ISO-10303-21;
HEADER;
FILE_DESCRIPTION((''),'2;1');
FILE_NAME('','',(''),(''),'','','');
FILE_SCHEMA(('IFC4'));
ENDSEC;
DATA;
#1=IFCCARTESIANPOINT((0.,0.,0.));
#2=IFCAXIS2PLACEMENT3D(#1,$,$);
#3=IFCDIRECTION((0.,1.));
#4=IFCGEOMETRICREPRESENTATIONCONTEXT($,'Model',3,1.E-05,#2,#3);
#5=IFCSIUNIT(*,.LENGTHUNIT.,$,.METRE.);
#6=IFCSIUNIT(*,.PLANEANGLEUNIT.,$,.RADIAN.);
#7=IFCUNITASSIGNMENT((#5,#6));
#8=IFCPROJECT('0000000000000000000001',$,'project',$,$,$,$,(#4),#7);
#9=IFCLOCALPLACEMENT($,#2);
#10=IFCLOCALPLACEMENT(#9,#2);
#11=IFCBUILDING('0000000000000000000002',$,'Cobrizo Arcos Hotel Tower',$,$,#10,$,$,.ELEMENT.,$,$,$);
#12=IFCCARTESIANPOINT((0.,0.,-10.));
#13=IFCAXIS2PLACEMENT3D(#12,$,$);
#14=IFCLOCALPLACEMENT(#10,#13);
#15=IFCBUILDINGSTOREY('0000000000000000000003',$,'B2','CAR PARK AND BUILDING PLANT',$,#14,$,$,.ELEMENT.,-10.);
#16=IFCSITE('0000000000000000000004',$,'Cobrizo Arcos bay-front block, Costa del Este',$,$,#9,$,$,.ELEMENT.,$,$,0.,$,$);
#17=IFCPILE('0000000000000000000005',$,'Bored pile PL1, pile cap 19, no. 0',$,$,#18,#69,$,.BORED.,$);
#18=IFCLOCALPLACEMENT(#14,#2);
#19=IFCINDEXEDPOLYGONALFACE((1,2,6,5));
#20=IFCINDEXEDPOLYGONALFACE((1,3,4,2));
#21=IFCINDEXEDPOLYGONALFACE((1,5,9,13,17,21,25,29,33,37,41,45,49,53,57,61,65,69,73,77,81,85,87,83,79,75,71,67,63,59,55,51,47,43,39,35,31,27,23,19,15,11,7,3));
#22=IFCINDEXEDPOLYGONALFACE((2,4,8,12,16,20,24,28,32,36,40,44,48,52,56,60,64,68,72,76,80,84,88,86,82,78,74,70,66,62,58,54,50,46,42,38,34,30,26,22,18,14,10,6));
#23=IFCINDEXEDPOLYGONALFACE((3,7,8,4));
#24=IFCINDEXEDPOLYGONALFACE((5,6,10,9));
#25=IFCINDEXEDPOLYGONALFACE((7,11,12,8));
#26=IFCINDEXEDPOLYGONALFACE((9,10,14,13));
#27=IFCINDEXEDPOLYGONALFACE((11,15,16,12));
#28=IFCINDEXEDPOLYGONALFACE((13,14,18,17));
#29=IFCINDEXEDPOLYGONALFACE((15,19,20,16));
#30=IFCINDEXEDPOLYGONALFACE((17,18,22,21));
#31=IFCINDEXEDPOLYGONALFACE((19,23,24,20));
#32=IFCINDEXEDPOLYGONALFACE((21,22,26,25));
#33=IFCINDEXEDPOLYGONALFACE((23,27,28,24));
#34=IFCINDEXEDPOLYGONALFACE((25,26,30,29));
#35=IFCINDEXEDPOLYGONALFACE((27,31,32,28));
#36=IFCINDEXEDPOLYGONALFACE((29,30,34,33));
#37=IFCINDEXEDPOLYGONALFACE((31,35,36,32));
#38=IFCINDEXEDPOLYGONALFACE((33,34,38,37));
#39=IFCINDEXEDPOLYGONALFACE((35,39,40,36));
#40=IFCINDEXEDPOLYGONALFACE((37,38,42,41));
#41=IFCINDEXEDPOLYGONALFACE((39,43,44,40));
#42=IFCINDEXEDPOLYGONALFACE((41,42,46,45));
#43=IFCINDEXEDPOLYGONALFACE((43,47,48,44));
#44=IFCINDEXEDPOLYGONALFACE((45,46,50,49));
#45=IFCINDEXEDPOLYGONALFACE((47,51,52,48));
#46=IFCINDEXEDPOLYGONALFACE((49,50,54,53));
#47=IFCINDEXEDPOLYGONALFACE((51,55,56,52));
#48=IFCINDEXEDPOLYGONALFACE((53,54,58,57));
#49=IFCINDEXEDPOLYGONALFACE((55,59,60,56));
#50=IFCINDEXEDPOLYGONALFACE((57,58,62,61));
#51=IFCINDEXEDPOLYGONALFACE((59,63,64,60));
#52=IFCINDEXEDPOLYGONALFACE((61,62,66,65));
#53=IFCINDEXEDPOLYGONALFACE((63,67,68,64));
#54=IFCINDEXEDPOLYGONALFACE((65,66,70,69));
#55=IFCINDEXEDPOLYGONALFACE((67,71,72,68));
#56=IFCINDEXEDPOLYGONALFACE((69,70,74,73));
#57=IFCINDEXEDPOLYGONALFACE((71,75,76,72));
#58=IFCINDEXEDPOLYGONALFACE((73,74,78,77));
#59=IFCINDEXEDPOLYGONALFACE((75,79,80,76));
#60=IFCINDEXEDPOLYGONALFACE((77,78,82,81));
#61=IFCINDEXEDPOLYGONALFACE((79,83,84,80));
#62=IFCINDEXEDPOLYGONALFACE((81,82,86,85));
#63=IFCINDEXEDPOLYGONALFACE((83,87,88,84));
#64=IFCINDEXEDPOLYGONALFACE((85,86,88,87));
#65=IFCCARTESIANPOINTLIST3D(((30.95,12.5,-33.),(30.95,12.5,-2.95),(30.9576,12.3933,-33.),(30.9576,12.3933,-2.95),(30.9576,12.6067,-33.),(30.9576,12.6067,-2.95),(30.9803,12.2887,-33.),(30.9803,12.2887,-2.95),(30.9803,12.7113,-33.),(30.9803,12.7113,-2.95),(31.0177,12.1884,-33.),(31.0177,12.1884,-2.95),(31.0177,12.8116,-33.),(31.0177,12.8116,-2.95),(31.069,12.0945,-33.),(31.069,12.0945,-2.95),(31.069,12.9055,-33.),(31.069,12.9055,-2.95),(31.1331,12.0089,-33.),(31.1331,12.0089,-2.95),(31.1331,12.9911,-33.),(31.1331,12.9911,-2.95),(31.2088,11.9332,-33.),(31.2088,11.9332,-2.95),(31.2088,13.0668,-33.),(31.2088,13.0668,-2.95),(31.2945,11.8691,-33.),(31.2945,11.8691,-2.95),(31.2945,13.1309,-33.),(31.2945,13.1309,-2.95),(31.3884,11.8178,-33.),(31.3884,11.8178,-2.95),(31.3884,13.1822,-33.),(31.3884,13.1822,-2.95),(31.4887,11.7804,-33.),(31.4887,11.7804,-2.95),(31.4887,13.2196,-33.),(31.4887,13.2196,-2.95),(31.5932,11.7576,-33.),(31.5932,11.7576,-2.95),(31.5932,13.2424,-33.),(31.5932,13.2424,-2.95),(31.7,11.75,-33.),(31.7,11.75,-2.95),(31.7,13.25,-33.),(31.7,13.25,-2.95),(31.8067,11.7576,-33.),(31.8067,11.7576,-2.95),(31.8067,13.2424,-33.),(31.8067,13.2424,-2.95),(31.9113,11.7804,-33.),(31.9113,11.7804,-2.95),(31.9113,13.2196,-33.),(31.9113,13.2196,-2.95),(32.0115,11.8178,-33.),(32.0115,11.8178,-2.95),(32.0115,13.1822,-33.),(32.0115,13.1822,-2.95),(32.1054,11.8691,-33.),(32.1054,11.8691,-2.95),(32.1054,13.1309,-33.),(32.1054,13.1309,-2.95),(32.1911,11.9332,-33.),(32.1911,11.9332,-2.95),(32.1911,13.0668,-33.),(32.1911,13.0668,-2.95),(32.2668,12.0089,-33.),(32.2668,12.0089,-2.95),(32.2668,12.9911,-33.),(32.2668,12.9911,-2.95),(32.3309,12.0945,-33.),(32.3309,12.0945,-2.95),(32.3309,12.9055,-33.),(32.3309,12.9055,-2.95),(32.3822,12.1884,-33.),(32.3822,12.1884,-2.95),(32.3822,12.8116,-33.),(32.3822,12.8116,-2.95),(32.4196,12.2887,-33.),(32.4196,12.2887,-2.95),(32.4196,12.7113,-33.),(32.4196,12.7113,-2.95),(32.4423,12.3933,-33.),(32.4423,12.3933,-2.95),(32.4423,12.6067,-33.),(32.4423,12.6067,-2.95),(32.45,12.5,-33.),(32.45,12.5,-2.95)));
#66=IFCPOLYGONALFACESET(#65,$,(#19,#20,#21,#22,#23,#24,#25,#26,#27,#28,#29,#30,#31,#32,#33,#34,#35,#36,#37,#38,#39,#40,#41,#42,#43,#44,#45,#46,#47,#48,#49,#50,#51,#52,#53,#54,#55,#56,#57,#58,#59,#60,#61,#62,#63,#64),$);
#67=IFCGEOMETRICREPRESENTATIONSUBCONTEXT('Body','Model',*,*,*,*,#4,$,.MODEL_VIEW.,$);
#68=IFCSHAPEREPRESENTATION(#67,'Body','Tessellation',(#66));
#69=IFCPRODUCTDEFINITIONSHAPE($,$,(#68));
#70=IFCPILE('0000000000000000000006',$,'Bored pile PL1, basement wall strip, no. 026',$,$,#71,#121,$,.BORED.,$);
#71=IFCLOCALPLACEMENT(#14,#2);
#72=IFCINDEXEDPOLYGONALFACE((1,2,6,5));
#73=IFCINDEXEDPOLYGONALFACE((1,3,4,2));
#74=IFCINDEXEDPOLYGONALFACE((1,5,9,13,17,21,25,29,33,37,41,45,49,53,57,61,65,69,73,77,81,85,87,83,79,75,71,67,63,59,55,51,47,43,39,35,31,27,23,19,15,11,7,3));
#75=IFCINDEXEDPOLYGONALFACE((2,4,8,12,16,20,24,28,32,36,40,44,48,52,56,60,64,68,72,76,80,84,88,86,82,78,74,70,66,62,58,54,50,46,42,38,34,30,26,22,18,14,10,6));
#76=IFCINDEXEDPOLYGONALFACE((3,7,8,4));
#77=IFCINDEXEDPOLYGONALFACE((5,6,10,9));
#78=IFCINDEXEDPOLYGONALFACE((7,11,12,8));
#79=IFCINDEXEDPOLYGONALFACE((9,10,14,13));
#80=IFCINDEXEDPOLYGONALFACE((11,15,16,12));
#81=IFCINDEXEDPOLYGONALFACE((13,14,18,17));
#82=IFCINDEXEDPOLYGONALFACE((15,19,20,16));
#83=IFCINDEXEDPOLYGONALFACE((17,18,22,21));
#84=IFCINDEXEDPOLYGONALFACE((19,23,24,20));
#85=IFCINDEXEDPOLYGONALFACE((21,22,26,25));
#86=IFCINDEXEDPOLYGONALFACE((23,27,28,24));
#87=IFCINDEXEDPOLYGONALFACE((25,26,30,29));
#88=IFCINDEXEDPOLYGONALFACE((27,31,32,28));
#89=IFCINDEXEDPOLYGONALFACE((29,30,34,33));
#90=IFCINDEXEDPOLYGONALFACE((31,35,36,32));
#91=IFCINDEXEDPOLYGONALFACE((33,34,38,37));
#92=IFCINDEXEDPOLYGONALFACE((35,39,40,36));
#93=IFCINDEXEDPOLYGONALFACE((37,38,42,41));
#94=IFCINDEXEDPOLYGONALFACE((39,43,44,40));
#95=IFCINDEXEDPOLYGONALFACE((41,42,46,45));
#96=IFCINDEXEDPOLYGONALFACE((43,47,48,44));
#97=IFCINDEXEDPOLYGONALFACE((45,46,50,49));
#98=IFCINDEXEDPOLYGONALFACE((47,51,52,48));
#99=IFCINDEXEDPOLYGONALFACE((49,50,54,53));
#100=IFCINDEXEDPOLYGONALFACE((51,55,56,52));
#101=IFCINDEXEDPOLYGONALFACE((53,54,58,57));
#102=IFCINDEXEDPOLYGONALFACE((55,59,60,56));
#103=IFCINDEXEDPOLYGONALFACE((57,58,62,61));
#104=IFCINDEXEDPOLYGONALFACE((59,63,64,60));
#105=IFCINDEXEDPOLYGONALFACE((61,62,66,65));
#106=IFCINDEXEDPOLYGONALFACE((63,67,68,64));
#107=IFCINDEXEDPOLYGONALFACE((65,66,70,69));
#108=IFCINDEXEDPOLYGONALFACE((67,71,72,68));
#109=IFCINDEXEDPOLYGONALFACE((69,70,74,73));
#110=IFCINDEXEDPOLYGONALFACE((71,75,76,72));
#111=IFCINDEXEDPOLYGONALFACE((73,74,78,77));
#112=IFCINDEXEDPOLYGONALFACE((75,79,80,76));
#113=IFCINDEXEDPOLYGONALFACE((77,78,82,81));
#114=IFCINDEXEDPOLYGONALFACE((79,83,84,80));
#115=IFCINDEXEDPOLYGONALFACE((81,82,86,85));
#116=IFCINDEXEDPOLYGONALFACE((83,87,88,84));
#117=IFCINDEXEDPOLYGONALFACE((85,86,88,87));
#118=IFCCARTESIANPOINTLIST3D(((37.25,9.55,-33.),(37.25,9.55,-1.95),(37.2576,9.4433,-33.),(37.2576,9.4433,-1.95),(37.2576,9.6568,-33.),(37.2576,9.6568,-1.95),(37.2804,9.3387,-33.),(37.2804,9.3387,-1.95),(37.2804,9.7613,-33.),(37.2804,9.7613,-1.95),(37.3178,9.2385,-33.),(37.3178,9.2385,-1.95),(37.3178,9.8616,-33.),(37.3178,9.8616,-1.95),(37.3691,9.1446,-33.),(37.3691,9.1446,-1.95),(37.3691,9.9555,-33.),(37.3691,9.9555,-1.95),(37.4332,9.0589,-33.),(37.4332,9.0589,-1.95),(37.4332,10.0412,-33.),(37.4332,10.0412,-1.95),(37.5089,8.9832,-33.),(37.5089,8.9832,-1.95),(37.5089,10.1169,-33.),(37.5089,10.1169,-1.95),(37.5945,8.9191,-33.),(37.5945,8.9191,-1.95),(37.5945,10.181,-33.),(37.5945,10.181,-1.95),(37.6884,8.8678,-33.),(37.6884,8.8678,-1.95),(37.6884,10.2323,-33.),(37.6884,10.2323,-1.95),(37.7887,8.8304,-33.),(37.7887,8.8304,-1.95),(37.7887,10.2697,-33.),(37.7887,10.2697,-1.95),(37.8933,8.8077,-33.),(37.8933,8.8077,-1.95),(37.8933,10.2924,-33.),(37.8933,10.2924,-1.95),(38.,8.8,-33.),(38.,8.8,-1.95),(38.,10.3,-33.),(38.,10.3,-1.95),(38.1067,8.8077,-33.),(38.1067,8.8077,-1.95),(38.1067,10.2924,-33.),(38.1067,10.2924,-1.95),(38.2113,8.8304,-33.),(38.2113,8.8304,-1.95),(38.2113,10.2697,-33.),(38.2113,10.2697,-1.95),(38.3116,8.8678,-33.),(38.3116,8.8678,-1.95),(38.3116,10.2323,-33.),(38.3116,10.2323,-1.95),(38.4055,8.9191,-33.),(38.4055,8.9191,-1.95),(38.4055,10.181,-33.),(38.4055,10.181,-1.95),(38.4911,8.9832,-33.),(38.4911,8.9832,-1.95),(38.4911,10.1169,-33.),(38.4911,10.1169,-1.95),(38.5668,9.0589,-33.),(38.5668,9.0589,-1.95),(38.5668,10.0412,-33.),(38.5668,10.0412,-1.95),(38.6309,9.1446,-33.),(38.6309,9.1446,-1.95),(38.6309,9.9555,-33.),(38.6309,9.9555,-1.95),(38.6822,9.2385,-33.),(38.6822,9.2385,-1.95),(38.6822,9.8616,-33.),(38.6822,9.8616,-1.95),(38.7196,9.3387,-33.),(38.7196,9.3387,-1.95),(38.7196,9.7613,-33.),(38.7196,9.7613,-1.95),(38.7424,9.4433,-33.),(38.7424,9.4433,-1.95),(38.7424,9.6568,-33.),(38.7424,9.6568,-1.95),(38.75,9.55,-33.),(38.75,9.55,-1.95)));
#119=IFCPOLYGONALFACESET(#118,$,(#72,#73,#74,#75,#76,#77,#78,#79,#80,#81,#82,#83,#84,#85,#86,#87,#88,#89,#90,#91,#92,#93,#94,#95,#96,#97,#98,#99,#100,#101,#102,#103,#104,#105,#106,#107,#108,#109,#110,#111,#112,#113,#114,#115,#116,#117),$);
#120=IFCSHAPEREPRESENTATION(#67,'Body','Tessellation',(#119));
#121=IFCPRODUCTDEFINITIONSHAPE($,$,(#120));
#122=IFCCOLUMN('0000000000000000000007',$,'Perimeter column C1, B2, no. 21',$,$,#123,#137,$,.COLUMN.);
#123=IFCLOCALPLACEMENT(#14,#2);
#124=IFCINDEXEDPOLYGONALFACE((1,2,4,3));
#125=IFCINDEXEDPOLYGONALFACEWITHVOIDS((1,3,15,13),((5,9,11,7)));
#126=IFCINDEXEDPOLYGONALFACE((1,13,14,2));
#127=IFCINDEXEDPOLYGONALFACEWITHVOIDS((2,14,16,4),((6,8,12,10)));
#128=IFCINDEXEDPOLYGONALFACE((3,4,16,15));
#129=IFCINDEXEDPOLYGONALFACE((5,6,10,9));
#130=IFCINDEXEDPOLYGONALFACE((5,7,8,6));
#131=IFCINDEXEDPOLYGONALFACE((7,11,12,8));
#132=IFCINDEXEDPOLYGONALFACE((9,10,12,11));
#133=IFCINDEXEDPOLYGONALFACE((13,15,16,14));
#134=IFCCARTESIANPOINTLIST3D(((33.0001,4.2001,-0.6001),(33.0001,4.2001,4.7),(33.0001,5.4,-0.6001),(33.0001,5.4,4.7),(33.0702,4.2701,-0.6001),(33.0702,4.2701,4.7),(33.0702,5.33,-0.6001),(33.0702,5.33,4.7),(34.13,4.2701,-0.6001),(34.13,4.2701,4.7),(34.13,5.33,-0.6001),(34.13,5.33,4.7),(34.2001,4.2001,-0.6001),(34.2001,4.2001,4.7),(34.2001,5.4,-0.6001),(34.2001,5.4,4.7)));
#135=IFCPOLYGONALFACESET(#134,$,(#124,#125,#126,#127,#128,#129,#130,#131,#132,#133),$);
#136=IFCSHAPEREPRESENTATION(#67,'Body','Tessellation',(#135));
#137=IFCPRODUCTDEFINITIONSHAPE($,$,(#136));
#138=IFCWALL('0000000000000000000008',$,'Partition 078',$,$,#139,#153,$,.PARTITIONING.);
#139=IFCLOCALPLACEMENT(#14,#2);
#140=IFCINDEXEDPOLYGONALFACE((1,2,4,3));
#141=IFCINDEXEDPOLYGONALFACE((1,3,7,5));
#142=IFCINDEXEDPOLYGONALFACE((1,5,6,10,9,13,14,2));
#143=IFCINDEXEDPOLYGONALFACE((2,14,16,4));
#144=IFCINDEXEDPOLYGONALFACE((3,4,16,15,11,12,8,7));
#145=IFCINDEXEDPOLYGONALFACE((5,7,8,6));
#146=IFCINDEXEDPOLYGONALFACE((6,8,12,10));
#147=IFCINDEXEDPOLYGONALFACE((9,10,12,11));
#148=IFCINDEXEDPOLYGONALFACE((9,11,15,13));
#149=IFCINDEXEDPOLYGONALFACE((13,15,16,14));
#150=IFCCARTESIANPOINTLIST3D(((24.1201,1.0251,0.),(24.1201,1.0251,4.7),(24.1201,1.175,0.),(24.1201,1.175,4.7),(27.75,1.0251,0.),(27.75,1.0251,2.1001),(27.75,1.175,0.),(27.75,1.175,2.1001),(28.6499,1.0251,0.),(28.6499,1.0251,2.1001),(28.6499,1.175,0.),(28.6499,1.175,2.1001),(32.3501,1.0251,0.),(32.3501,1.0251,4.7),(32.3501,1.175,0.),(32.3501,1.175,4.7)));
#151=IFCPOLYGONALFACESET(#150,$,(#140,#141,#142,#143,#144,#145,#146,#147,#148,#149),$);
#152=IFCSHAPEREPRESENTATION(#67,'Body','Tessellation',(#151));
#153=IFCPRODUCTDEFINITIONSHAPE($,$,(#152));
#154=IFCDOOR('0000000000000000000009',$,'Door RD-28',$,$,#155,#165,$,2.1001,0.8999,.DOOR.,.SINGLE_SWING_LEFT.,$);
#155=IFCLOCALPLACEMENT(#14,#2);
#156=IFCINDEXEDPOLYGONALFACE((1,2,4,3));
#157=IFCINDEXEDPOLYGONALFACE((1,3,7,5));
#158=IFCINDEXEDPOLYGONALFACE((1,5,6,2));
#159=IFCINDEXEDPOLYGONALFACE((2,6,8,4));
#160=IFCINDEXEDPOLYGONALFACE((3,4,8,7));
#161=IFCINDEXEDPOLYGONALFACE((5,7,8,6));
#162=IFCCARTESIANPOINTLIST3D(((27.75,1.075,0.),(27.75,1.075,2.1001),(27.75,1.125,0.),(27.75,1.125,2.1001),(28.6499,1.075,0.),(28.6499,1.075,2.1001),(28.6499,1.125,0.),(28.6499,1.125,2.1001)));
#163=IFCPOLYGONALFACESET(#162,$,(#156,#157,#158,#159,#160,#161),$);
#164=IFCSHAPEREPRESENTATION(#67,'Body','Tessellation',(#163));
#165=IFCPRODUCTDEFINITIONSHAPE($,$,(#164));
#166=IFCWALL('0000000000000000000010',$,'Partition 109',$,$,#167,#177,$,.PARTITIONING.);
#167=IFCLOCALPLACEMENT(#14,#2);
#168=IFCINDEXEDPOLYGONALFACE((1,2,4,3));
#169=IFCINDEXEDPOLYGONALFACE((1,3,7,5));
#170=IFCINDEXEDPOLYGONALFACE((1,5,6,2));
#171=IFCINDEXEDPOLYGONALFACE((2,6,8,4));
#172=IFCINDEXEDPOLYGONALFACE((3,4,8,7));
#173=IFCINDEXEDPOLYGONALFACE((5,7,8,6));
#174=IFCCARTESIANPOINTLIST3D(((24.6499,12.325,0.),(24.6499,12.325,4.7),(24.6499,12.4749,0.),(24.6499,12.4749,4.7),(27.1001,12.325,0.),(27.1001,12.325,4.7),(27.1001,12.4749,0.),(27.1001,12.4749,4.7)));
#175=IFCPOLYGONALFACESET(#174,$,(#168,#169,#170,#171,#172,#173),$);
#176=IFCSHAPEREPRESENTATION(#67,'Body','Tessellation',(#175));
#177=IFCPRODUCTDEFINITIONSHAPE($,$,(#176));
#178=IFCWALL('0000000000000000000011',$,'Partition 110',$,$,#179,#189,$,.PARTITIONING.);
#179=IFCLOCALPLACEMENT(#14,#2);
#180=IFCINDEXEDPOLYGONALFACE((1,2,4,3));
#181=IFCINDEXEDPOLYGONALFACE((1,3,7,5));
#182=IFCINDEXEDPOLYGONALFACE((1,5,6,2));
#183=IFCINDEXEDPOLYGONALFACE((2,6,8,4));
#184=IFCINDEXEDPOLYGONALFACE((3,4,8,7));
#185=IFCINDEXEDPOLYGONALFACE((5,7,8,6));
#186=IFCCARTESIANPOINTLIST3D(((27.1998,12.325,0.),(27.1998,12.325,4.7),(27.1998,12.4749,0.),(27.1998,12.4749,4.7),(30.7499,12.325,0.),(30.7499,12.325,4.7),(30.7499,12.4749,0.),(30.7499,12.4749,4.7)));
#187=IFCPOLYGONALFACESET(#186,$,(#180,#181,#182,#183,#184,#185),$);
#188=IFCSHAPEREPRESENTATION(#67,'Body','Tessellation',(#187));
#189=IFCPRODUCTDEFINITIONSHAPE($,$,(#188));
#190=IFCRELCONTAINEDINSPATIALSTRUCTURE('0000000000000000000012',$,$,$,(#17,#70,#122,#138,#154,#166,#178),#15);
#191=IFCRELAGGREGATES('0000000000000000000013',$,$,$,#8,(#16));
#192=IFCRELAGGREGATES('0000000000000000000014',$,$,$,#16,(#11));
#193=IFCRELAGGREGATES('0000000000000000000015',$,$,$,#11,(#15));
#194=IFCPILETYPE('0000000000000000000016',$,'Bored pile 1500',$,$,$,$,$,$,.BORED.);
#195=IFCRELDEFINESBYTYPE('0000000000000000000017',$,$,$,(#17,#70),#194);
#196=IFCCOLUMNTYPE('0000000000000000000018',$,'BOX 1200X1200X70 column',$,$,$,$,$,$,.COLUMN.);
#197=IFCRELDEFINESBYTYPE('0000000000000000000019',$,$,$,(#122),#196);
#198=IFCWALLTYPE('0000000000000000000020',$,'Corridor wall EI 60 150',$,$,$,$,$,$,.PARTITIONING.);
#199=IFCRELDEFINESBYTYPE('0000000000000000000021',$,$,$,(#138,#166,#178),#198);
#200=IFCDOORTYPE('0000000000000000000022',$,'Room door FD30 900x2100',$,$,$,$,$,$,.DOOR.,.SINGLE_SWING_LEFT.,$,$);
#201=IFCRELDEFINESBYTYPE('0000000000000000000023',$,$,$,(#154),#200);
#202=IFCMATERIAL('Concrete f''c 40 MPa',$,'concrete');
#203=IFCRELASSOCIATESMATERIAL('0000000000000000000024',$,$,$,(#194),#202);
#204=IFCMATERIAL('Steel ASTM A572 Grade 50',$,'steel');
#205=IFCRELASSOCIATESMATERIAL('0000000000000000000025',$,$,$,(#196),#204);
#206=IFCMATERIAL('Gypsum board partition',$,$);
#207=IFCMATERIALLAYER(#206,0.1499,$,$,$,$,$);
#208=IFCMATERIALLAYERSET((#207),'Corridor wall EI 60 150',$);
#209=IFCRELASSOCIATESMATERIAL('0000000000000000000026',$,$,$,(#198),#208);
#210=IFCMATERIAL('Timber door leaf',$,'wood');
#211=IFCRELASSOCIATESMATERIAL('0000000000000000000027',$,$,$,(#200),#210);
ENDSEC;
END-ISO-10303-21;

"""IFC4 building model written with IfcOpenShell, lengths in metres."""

from ifc_helpers import new_model, si_unit, direction, frame, frame_2d, origin, origin_2d, place, context, subcontext, project, spatial, rectangle, hollow_rectangle, circle, extrude, material, layer, layer_set, material_profile, profile_set, type_object, element, fill, save


model = new_model("IFC4")

# Units and contexts
model_context = context("Model", 3, precision=1e-05, world=origin(), true_north=direction((0.0, 1.0)))
body_context = subcontext(model_context, "Body", "Model", "MODEL_VIEW")
ifc_project = project(units=[si_unit("LENGTHUNIT", "METRE"), si_unit("PLANEANGLEUNIT", "RADIAN")], contexts=[model_context])

# Site, building, storey
site_placement = place(None, origin())
site = spatial("IfcSite", under=ifc_project, at=site_placement, Name="Cobrizo Arcos bay-front block, Costa del Este", CompositionType="ELEMENT", RefElevation=0.0)
building_placement = place(site_placement, origin())
building = spatial("IfcBuilding", under=site, at=building_placement, Name="Cobrizo Arcos Hotel Tower", CompositionType="ELEMENT")
storey_placement = place(building_placement, frame((0.0, 0.0, -10.0)))
storey = spatial("IfcBuildingStorey", under=building, at=storey_placement, Name="B2", Description="CAR PARK AND BUILDING PLANT", CompositionType="ELEMENT", Elevation=-10.0)

# Piles
ifc_material_1 = material(Name="Concrete f'c 40 MPa", Category="concrete")
ifc_material_profile_1 = material_profile(ifc_material_1, circle(Radius=0.75, at=origin_2d()), Name="BORED PILE 1500")
ifc_profile_set_1 = profile_set([ifc_material_profile_1], Name="Concrete f'c 40 MPa")
pile_type = type_object("IfcPileType", Name="Bored pile 1500", PredefinedType="BORED", material=ifc_profile_set_1)
for number, where, z_axis, x_axis, name in (
    (1, (31.7, 12.5, -2.95), (0.0, 0.0, -1.0), (1.0, 0.0, 0.0), "Bored pile PL1, pile cap 19, no. 0"),
):
    element("IfcPile", number, at=place(storey_placement, frame(where, z_axis=z_axis, x_axis=x_axis)), inside=storey, type_object=pile_type, Name=name, PredefinedType="BORED", context=body_context, shape_type="SweptSolid", body=[
        extrude(circle(Radius=0.75, at=origin_2d()), origin(), (0.0, 0.0, 1.0), 30.05),
    ])
pile_placement = place(storey_placement, frame((38.0, 9.55, -1.95), z_axis=(0.0, 0.0, -1.0), x_axis=(1.0, 0.0, 0.0)))
element("IfcPile", 2, at=pile_placement, inside=storey, type_object=pile_type, Name="Bored pile PL1, basement wall strip, no. 026", PredefinedType="BORED", context=body_context, shape_type="SweptSolid", body=[
    extrude(circle(Radius=0.75, at=origin_2d()), origin(), (0.0, 0.0, 1.0), 31.05),
])

# Column
ifc_material_2 = material(Name="Steel ASTM A572 Grade 50", Category="steel")
ifc_material_profile_2 = material_profile(ifc_material_2, hollow_rectangle(XDim=1.2, YDim=1.2, WallThickness=0.0701, at=origin_2d()), Name="BOX 1200X1200X70")
ifc_profile_set_2 = profile_set([ifc_material_profile_2], Name="Steel ASTM A572 Grade 50")
column_type = type_object("IfcColumnType", Name="BOX 1200X1200X70 column", PredefinedType="COLUMN", material=ifc_profile_set_2)
column_placement = place(storey_placement, frame((33.6001, 4.8, -0.6001), z_axis=(0.0, 0.0, 1.0), x_axis=(1.0, 0.0, 0.0)))
element("IfcColumn", 3, at=column_placement, inside=storey, type_object=column_type, Name="Perimeter column C1, B2, no. 21", PredefinedType="COLUMN", context=body_context, shape_type="SweptSolid", body=[
    extrude(hollow_rectangle(XDim=1.2, YDim=1.2, WallThickness=0.0701, at=origin_2d()), origin(), (0.0, 0.0, 1.0), 5.3),
])

# Wall, opening, door
ifc_material_3 = material(Name="Gypsum board partition")
ifc_layer_1 = layer(ifc_material_3, 0.1499)
ifc_layer_set_1 = layer_set([ifc_layer_1], Name="Corridor wall EI 60 150")
wall_type_1 = type_object("IfcWallType", Name="Corridor wall EI 60 150", PredefinedType="PARTITIONING", material=ifc_layer_set_1)
wall_1_placement = place(storey_placement, frame((24.1201, 1.1001, 0.0), z_axis=(0.0, 0.0, 1.0), x_axis=(1.0, 0.0, 0.0)))
wall_1 = element("IfcWall", 4, at=wall_1_placement, inside=storey, type_object=wall_type_1, Name="Partition 078", PredefinedType="PARTITIONING", context=body_context, shape_type="SweptSolid", body=[
    extrude(rectangle(XDim=8.23, YDim=0.1499, at=frame_2d((4.115, 0.0))), origin(), (0.0, 0.0, 1.0), 4.7),
])
opening_placement = place(wall_1_placement, frame((3.6299, 0.0, 0.0)))
opening = element("IfcOpeningElement", 5, at=opening_placement, cuts=wall_1, PredefinedType="OPENING", context=body_context, shape_type="SweptSolid", body=[
    extrude(rectangle(XDim=0.8999, YDim=2.1001, at=frame_2d((0.45, 1.05))), frame((0.0, 0.0869, 0.0), z_axis=(0.0, -1.0, 0.0), x_axis=(1.0, 0.0, 0.0)), (0.0, 0.0, 1.0), 0.1738),
])
ifc_material_4 = material(Name="Timber door leaf", Category="wood")
door_type = type_object("IfcDoorType", Name="Room door FD30 900x2100", OperationType="SINGLE_SWING_LEFT", PredefinedType="DOOR", material=ifc_material_4)
door_placement = place(opening_placement, origin())
door = element("IfcDoor", 6, at=door_placement, inside=storey, type_object=door_type, Name="Door RD-28", OperationType="SINGLE_SWING_LEFT", OverallHeight=2.1001, OverallWidth=0.8999, PredefinedType="DOOR", context=body_context, shape_type="SweptSolid", body=[
    extrude(rectangle(XDim=0.8999, YDim=2.1001, at=frame_2d((0.45, 1.05))), frame((0.0, 0.0249, 0.0), z_axis=(0.0, -1.0, 0.0), x_axis=(1.0, 0.0, 0.0)), (0.0, 0.0, 1.0), 0.05),
])
fill(opening, door)

# Walls
wall_2_placement = place(storey_placement, frame((24.6499, 12.3999, 0.0), z_axis=(0.0, 0.0, 1.0), x_axis=(1.0, 0.0, 0.0)))
element("IfcWall", 7, at=wall_2_placement, inside=storey, type_object=wall_type_1, Name="Partition 109", PredefinedType="PARTITIONING", context=body_context, shape_type="SweptSolid", body=[
    extrude(rectangle(XDim=2.4502, YDim=0.1499, at=frame_2d((1.2251, 0.0))), origin(), (0.0, 0.0, 1.0), 4.7),
])
wall_3_placement = place(storey_placement, frame((27.2, 12.3999, 0.0), z_axis=(0.0, 0.0, 1.0), x_axis=(1.0, 0.0, 0.0)))
element("IfcWall", 8, at=wall_3_placement, inside=storey, type_object=wall_type_1, Name="Partition 110", PredefinedType="PARTITIONING", context=body_context, shape_type="SweptSolid", body=[
    extrude(rectangle(XDim=3.55, YDim=0.1499, at=frame_2d((1.7749, 0.0))), origin(), (0.0, 0.0, 1.0), 4.7),
])

save(model, "model.ifc")
